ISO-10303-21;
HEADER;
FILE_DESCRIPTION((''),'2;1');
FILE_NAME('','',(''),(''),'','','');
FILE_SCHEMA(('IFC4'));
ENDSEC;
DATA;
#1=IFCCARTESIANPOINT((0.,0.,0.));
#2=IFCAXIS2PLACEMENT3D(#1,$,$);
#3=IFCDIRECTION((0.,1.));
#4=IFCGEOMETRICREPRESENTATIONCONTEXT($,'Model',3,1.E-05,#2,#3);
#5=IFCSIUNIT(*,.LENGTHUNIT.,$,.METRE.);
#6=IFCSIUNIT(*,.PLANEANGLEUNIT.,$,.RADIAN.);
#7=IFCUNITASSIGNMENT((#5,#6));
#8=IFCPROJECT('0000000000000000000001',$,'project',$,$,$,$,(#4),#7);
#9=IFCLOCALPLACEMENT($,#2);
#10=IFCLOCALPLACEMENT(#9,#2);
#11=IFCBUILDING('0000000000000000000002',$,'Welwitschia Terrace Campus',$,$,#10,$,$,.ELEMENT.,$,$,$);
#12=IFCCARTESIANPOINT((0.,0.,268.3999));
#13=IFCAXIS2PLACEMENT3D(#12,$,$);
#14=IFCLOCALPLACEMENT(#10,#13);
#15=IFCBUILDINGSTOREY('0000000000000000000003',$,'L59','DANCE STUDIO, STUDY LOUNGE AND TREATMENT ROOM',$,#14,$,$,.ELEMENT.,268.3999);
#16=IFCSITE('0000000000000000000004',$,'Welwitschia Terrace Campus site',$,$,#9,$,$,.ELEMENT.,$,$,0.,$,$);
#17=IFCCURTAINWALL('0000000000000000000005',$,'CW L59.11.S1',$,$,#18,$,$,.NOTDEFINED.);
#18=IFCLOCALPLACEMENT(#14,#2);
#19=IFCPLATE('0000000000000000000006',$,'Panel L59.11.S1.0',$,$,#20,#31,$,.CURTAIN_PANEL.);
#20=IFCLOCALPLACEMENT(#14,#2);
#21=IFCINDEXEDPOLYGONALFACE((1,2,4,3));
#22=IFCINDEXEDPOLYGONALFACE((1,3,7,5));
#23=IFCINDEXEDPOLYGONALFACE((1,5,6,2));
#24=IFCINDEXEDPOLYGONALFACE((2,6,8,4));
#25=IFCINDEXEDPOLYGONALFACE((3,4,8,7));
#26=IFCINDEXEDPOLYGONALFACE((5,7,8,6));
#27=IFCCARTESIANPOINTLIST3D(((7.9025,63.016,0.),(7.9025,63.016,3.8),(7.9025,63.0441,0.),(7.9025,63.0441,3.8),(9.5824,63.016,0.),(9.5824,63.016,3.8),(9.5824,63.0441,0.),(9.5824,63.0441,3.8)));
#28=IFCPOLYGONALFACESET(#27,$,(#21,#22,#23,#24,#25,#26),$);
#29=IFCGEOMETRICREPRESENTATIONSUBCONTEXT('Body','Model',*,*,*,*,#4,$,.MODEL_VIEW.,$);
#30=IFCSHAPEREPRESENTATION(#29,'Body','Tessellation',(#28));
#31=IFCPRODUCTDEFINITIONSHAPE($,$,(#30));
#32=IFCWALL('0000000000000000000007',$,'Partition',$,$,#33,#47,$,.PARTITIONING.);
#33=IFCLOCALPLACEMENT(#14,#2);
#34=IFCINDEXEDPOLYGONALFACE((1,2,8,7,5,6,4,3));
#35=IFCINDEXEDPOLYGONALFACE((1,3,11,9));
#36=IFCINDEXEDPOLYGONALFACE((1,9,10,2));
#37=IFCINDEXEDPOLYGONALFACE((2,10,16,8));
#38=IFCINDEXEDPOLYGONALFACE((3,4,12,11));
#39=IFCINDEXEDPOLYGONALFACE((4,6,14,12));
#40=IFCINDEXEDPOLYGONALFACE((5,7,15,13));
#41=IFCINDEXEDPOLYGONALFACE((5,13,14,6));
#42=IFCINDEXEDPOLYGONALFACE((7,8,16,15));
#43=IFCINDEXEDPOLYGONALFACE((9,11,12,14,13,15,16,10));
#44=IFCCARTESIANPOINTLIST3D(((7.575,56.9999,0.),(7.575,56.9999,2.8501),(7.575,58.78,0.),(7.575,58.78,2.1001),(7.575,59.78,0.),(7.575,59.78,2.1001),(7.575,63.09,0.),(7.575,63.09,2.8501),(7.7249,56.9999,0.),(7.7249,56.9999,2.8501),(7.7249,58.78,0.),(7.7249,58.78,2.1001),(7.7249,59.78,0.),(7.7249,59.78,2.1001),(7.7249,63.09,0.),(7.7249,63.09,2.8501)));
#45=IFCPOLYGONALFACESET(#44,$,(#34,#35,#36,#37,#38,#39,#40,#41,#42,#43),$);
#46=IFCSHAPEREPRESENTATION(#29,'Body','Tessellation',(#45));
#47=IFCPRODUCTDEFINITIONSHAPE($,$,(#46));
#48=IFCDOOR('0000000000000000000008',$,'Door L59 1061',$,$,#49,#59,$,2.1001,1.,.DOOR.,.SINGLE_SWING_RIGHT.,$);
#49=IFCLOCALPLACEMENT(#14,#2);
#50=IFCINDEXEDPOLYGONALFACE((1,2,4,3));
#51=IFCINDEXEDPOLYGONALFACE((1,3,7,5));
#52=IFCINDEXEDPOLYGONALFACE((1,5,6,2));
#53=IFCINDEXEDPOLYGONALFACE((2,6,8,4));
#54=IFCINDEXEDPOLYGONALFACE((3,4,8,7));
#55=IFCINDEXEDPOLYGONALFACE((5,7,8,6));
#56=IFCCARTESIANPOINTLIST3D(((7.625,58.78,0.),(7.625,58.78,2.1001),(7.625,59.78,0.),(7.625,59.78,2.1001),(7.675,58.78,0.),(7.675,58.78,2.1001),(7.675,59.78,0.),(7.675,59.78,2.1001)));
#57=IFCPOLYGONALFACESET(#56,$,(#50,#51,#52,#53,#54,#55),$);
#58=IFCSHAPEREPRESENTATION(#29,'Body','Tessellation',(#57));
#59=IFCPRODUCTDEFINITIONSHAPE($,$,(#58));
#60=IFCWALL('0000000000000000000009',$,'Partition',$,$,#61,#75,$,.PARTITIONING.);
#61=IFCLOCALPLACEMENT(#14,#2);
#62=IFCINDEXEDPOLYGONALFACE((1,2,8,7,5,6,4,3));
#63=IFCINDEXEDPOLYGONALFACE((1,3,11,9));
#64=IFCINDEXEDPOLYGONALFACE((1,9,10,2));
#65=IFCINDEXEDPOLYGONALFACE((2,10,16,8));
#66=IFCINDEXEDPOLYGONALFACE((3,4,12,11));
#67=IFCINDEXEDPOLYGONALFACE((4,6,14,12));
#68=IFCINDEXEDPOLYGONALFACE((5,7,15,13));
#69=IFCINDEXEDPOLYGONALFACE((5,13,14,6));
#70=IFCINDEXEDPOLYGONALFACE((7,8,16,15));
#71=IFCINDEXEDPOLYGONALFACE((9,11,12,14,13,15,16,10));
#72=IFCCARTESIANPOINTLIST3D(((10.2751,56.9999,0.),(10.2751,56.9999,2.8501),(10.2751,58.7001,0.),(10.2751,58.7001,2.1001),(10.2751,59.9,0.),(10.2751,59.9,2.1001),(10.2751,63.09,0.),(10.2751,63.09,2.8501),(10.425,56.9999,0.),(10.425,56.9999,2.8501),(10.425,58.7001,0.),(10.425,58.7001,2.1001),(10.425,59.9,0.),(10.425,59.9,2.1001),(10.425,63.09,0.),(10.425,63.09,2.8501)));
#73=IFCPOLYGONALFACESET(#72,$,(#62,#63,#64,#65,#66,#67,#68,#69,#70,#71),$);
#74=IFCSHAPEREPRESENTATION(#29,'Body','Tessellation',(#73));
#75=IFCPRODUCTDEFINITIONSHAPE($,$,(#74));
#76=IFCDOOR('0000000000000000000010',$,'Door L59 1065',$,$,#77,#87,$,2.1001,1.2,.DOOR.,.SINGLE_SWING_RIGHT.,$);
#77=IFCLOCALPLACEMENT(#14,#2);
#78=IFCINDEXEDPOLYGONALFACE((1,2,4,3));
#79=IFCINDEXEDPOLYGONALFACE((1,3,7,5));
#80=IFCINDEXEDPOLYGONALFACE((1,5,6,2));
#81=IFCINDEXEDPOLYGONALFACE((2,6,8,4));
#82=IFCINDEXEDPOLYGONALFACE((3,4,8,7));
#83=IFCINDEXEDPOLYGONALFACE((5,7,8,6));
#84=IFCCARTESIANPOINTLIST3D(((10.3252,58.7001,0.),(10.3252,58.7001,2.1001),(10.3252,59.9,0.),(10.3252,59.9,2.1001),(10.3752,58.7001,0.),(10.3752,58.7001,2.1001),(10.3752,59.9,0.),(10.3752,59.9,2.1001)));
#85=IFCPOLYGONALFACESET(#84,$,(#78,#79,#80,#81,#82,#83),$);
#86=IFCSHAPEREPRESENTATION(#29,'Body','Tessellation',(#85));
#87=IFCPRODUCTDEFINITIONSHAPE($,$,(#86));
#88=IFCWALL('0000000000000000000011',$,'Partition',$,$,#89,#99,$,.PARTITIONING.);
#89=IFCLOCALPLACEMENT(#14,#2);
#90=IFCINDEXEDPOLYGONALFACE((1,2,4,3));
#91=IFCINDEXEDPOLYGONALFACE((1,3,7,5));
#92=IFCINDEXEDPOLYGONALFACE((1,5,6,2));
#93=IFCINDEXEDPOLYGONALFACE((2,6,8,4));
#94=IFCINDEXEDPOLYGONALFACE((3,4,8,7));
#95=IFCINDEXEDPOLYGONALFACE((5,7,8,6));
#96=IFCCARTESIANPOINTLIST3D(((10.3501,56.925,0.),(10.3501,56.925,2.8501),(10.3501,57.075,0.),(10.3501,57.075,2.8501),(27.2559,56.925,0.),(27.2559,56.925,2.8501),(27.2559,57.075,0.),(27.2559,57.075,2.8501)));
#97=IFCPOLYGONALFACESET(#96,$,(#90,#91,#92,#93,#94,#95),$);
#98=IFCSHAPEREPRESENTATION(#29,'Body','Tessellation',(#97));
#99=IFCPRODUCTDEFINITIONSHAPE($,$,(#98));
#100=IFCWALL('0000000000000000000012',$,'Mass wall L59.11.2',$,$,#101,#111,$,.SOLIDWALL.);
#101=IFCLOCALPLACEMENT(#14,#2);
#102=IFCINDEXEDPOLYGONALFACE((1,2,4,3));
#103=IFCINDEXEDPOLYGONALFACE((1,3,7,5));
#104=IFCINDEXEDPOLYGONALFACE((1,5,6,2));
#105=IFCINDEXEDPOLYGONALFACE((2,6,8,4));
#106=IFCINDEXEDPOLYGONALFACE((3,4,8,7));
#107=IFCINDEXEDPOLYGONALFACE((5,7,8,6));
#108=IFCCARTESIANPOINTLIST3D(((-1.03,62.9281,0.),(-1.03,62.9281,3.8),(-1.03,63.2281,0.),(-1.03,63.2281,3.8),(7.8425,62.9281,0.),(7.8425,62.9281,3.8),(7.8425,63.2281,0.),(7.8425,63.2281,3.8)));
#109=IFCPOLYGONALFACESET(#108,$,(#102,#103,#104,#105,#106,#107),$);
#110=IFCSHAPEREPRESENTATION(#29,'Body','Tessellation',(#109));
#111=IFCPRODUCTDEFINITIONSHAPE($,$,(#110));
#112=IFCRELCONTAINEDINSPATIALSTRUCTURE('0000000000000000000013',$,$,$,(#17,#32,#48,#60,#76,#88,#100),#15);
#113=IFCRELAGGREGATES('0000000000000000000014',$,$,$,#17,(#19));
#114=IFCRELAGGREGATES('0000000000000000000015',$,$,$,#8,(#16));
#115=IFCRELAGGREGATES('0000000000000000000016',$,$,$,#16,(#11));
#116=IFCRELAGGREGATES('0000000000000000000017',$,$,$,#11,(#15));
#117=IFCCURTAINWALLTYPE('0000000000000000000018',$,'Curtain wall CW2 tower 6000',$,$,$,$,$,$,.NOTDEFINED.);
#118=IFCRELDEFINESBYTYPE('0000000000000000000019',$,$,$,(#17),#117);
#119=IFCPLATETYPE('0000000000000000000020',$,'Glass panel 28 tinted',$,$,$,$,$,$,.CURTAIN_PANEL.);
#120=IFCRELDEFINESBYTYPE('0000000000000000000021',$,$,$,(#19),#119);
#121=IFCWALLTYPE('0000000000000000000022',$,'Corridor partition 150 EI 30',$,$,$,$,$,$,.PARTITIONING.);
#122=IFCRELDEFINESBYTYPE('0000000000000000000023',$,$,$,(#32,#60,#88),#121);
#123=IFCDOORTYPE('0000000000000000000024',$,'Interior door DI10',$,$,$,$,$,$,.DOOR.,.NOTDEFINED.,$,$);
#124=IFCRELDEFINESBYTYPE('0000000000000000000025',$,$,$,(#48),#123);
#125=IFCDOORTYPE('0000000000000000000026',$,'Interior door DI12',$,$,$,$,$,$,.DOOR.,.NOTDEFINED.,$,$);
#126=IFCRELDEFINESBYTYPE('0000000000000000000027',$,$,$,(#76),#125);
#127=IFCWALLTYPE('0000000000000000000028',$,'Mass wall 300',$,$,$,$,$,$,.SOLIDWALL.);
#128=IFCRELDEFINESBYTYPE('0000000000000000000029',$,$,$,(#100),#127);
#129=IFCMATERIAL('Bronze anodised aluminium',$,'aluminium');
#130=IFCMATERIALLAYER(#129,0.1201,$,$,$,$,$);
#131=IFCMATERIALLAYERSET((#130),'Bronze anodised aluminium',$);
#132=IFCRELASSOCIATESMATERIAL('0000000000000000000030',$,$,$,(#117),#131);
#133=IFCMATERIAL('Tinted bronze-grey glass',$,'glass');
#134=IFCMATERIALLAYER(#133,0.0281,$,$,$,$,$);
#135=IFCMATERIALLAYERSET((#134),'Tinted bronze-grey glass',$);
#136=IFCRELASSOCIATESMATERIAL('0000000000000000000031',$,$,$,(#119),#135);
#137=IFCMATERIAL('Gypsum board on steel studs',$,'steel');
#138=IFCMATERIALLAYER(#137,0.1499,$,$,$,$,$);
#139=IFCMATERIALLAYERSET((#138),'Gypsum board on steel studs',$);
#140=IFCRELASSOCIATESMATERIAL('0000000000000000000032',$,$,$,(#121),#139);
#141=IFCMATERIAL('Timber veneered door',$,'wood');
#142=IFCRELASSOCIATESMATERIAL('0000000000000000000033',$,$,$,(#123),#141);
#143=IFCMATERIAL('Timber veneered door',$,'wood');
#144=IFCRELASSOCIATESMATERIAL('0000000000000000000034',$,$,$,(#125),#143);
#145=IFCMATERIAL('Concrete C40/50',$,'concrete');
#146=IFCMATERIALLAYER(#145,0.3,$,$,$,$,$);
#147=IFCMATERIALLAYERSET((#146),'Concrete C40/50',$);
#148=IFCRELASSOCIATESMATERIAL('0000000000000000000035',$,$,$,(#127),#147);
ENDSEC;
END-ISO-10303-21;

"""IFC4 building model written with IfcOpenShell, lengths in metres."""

from ifc_helpers import new_model, si_unit, direction, frame, frame_2d, origin, origin_2d, place, context, subcontext, project, spatial, rectangle, extrude, material, layer, layer_set, type_object, element, fill, aggregate, save


model = new_model("IFC4")

# Units and contexts
model_context = context("Model", 3, precision=1e-05, world=origin(), true_north=direction((0.0, 1.0)))
body_context = subcontext(model_context, "Body", "Model", "MODEL_VIEW")
ifc_project = project(units=[si_unit("LENGTHUNIT", "METRE"), si_unit("PLANEANGLEUNIT", "RADIAN")], contexts=[model_context])

# Site, building, storey
site_placement = place(None, origin())
site = spatial("IfcSite", under=ifc_project, at=site_placement, Name="Welwitschia Terrace Campus site", CompositionType="ELEMENT", RefElevation=0.0)
building_placement = place(site_placement, origin())
building = spatial("IfcBuilding", under=site, at=building_placement, Name="Welwitschia Terrace Campus", CompositionType="ELEMENT")
storey_placement = place(building_placement, frame((0.0, 0.0, 268.3999)))
storey = spatial("IfcBuildingStorey", under=building, at=storey_placement, Name="L59", Description="DANCE STUDIO, STUDY LOUNGE AND TREATMENT ROOM", CompositionType="ELEMENT", Elevation=268.3999)

# Curtain wall
ifc_material_1 = material(Name="Bronze anodised aluminium", Category="aluminium")
ifc_layer_1 = layer(ifc_material_1, 0.1201)
ifc_layer_set_1 = layer_set([ifc_layer_1], Name="Bronze anodised aluminium")
curtain_wall_type = type_object("IfcCurtainWallType", Name="Curtain wall CW2 tower 6000", PredefinedType="NOTDEFINED", material=ifc_layer_set_1)
curtain_wall_1_placement = place(storey_placement, origin())
curtain_wall_1 = element("IfcCurtainWall", 1, at=curtain_wall_1_placement, inside=storey, type_object=curtain_wall_type, Name="CW L59.11.S1", PredefinedType="NOTDEFINED")

# Plate
ifc_material_2 = material(Name="Tinted bronze-grey glass", Category="glass")
ifc_layer_2 = layer(ifc_material_2, 0.0281)
ifc_layer_set_2 = layer_set([ifc_layer_2], Name="Tinted bronze-grey glass")
plate_type = type_object("IfcPlateType", Name="Glass panel 28 tinted", PredefinedType="CURTAIN_PANEL", material=ifc_layer_set_2)
plate_1_placement = place(storey_placement, frame((8.7424, 63.03, 0.0), z_axis=(0.0, 0.0, 1.0), x_axis=(-1.0, 0.0, 0.0)))
plate_1 = element("IfcPlate", 2, at=plate_1_placement, type_object=plate_type, Name="Panel L59.11.S1.0", PredefinedType="CURTAIN_PANEL", context=body_context, shape_type="SweptSolid", body=[
    extrude(rectangle(XDim=1.6799, YDim=0.0281, at=origin_2d()), origin(), (0.0, 0.0, 1.0), 3.8),
])
aggregate(curtain_wall_1, [plate_1])

# Walls, openings, doors
ifc_material_3 = material(Name="Gypsum board on steel studs", Category="steel")
ifc_layer_3 = layer(ifc_material_3, 0.1499)
ifc_layer_set_3 = layer_set([ifc_layer_3], Name="Gypsum board on steel studs")
wall_type_1 = type_object("IfcWallType", Name="Corridor partition 150 EI 30", PredefinedType="PARTITIONING", material=ifc_layer_set_3)
wall_1_placement = place(storey_placement, frame((7.6499, 57.0, 0.0), z_axis=(0.0, 0.0, 1.0), x_axis=(0.0, 1.0, 0.0)))
wall_1 = element("IfcWall", 3, at=wall_1_placement, inside=storey, type_object=wall_type_1, Name="Partition", PredefinedType="PARTITIONING", context=body_context, shape_type="SweptSolid", body=[
    extrude(rectangle(XDim=6.0901, YDim=0.1499, at=frame_2d((3.0449, 0.0))), origin(), (0.0, 0.0, 1.0), 2.8501),
])
opening_1_placement = place(wall_1_placement, frame((1.78, 0.0, 0.0)))
opening_1 = element("IfcOpeningElement", 4, at=opening_1_placement, cuts=wall_1, PredefinedType="OPENING", context=body_context, shape_type="SweptSolid", body=[
    extrude(rectangle(XDim=1.0, YDim=2.1001, at=frame_2d((0.5, 1.05))), frame((0.0, 0.085, 0.0), z_axis=(0.0, -1.0, 0.0), x_axis=(1.0, 0.0, 0.0)), (0.0, 0.0, 1.0), 0.1699),
])
ifc_material_4 = material(Name="Timber veneered door", Category="wood")
door_type_1 = type_object("IfcDoorType", Name="Interior door DI10", OperationType="NOTDEFINED", PredefinedType="DOOR", material=ifc_material_4)
door_1_placement = place(opening_1_placement, origin())
door_1 = element("IfcDoor", 5, at=door_1_placement, inside=storey, type_object=door_type_1, Name="Door L59 1061", OperationType="SINGLE_SWING_RIGHT", OverallHeight=2.1001, OverallWidth=1.0, PredefinedType="DOOR", context=body_context, shape_type="SweptSolid", body=[
    extrude(rectangle(XDim=1.0, YDim=2.1001, at=frame_2d((0.5, 1.05))), frame((0.0, 0.0249, 0.0), z_axis=(0.0, -1.0, 0.0), x_axis=(1.0, 0.0, 0.0)), (0.0, 0.0, 1.0), 0.05),
])
fill(opening_1, door_1)
wall_2_placement = place(storey_placement, frame((10.3501, 57.0, 0.0), z_axis=(0.0, 0.0, 1.0), x_axis=(0.0, 1.0, 0.0)))
wall_2 = element("IfcWall", 6, at=wall_2_placement, inside=storey, type_object=wall_type_1, Name="Partition", PredefinedType="PARTITIONING", context=body_context, shape_type="SweptSolid", body=[
    extrude(rectangle(XDim=6.0901, YDim=0.1499, at=frame_2d((3.0449, 0.0))), origin(), (0.0, 0.0, 1.0), 2.8501),
])
opening_2_placement = place(wall_2_placement, frame((1.7, 0.0, 0.0)))
opening_2 = element("IfcOpeningElement", 7, at=opening_2_placement, cuts=wall_2, PredefinedType="OPENING", context=body_context, shape_type="SweptSolid", body=[
    extrude(rectangle(XDim=1.2, YDim=2.1001, at=frame_2d((0.6001, 1.05))), frame((0.0, 0.085, 0.0), z_axis=(0.0, -1.0, 0.0), x_axis=(1.0, 0.0, 0.0)), (0.0, 0.0, 1.0), 0.1699),
])
ifc_material_5 = material(Name="Timber veneered door", Category="wood")
door_type_2 = type_object("IfcDoorType", Name="Interior door DI12", OperationType="NOTDEFINED", PredefinedType="DOOR", material=ifc_material_5)
door_2_placement = place(opening_2_placement, origin())
door_2 = element("IfcDoor", 8, at=door_2_placement, inside=storey, type_object=door_type_2, Name="Door L59 1065", OperationType="SINGLE_SWING_RIGHT", OverallHeight=2.1001, OverallWidth=1.2, PredefinedType="DOOR", context=body_context, shape_type="SweptSolid", body=[
    extrude(rectangle(XDim=1.2, YDim=2.1001, at=frame_2d((0.6001, 1.05))), frame((0.0, 0.0249, 0.0), z_axis=(0.0, -1.0, 0.0), x_axis=(1.0, 0.0, 0.0)), (0.0, 0.0, 1.0), 0.05),
])
fill(opening_2, door_2)

# Walls
wall_3_placement = place(storey_placement, frame((10.3501, 57.0, 0.0), z_axis=(0.0, 0.0, 1.0), x_axis=(1.0, 0.0, 0.0)))
element("IfcWall", 9, at=wall_3_placement, inside=storey, type_object=wall_type_1, Name="Partition", PredefinedType="PARTITIONING", context=body_context, shape_type="SweptSolid", body=[
    extrude(rectangle(XDim=16.9058, YDim=0.1499, at=frame_2d((8.4529, 0.0))), origin(), (0.0, 0.0, 1.0), 2.8501),
])
ifc_material_6 = material(Name="Concrete C40/50", Category="concrete")
ifc_layer_4 = layer(ifc_material_6, 0.3)
ifc_layer_set_4 = layer_set([ifc_layer_4], Name="Concrete C40/50")
wall_type_2 = type_object("IfcWallType", Name="Mass wall 300", PredefinedType="SOLIDWALL", material=ifc_layer_set_4)
wall_4_placement = place(storey_placement, frame((7.8425, 63.0781, 0.0), z_axis=(0.0, 0.0, 1.0), x_axis=(-1.0, 0.0, 0.0)))
element("IfcWall", 10, at=wall_4_placement, inside=storey, type_object=wall_type_2, Name="Mass wall L59.11.2", PredefinedType="SOLIDWALL", context=body_context, shape_type="SweptSolid", body=[
    extrude(rectangle(XDim=8.8726, YDim=0.3, at=frame_2d((4.4363, 0.0))), origin(), (0.0, 0.0, 1.0), 3.8),
])

save(model, "model.ifc")
